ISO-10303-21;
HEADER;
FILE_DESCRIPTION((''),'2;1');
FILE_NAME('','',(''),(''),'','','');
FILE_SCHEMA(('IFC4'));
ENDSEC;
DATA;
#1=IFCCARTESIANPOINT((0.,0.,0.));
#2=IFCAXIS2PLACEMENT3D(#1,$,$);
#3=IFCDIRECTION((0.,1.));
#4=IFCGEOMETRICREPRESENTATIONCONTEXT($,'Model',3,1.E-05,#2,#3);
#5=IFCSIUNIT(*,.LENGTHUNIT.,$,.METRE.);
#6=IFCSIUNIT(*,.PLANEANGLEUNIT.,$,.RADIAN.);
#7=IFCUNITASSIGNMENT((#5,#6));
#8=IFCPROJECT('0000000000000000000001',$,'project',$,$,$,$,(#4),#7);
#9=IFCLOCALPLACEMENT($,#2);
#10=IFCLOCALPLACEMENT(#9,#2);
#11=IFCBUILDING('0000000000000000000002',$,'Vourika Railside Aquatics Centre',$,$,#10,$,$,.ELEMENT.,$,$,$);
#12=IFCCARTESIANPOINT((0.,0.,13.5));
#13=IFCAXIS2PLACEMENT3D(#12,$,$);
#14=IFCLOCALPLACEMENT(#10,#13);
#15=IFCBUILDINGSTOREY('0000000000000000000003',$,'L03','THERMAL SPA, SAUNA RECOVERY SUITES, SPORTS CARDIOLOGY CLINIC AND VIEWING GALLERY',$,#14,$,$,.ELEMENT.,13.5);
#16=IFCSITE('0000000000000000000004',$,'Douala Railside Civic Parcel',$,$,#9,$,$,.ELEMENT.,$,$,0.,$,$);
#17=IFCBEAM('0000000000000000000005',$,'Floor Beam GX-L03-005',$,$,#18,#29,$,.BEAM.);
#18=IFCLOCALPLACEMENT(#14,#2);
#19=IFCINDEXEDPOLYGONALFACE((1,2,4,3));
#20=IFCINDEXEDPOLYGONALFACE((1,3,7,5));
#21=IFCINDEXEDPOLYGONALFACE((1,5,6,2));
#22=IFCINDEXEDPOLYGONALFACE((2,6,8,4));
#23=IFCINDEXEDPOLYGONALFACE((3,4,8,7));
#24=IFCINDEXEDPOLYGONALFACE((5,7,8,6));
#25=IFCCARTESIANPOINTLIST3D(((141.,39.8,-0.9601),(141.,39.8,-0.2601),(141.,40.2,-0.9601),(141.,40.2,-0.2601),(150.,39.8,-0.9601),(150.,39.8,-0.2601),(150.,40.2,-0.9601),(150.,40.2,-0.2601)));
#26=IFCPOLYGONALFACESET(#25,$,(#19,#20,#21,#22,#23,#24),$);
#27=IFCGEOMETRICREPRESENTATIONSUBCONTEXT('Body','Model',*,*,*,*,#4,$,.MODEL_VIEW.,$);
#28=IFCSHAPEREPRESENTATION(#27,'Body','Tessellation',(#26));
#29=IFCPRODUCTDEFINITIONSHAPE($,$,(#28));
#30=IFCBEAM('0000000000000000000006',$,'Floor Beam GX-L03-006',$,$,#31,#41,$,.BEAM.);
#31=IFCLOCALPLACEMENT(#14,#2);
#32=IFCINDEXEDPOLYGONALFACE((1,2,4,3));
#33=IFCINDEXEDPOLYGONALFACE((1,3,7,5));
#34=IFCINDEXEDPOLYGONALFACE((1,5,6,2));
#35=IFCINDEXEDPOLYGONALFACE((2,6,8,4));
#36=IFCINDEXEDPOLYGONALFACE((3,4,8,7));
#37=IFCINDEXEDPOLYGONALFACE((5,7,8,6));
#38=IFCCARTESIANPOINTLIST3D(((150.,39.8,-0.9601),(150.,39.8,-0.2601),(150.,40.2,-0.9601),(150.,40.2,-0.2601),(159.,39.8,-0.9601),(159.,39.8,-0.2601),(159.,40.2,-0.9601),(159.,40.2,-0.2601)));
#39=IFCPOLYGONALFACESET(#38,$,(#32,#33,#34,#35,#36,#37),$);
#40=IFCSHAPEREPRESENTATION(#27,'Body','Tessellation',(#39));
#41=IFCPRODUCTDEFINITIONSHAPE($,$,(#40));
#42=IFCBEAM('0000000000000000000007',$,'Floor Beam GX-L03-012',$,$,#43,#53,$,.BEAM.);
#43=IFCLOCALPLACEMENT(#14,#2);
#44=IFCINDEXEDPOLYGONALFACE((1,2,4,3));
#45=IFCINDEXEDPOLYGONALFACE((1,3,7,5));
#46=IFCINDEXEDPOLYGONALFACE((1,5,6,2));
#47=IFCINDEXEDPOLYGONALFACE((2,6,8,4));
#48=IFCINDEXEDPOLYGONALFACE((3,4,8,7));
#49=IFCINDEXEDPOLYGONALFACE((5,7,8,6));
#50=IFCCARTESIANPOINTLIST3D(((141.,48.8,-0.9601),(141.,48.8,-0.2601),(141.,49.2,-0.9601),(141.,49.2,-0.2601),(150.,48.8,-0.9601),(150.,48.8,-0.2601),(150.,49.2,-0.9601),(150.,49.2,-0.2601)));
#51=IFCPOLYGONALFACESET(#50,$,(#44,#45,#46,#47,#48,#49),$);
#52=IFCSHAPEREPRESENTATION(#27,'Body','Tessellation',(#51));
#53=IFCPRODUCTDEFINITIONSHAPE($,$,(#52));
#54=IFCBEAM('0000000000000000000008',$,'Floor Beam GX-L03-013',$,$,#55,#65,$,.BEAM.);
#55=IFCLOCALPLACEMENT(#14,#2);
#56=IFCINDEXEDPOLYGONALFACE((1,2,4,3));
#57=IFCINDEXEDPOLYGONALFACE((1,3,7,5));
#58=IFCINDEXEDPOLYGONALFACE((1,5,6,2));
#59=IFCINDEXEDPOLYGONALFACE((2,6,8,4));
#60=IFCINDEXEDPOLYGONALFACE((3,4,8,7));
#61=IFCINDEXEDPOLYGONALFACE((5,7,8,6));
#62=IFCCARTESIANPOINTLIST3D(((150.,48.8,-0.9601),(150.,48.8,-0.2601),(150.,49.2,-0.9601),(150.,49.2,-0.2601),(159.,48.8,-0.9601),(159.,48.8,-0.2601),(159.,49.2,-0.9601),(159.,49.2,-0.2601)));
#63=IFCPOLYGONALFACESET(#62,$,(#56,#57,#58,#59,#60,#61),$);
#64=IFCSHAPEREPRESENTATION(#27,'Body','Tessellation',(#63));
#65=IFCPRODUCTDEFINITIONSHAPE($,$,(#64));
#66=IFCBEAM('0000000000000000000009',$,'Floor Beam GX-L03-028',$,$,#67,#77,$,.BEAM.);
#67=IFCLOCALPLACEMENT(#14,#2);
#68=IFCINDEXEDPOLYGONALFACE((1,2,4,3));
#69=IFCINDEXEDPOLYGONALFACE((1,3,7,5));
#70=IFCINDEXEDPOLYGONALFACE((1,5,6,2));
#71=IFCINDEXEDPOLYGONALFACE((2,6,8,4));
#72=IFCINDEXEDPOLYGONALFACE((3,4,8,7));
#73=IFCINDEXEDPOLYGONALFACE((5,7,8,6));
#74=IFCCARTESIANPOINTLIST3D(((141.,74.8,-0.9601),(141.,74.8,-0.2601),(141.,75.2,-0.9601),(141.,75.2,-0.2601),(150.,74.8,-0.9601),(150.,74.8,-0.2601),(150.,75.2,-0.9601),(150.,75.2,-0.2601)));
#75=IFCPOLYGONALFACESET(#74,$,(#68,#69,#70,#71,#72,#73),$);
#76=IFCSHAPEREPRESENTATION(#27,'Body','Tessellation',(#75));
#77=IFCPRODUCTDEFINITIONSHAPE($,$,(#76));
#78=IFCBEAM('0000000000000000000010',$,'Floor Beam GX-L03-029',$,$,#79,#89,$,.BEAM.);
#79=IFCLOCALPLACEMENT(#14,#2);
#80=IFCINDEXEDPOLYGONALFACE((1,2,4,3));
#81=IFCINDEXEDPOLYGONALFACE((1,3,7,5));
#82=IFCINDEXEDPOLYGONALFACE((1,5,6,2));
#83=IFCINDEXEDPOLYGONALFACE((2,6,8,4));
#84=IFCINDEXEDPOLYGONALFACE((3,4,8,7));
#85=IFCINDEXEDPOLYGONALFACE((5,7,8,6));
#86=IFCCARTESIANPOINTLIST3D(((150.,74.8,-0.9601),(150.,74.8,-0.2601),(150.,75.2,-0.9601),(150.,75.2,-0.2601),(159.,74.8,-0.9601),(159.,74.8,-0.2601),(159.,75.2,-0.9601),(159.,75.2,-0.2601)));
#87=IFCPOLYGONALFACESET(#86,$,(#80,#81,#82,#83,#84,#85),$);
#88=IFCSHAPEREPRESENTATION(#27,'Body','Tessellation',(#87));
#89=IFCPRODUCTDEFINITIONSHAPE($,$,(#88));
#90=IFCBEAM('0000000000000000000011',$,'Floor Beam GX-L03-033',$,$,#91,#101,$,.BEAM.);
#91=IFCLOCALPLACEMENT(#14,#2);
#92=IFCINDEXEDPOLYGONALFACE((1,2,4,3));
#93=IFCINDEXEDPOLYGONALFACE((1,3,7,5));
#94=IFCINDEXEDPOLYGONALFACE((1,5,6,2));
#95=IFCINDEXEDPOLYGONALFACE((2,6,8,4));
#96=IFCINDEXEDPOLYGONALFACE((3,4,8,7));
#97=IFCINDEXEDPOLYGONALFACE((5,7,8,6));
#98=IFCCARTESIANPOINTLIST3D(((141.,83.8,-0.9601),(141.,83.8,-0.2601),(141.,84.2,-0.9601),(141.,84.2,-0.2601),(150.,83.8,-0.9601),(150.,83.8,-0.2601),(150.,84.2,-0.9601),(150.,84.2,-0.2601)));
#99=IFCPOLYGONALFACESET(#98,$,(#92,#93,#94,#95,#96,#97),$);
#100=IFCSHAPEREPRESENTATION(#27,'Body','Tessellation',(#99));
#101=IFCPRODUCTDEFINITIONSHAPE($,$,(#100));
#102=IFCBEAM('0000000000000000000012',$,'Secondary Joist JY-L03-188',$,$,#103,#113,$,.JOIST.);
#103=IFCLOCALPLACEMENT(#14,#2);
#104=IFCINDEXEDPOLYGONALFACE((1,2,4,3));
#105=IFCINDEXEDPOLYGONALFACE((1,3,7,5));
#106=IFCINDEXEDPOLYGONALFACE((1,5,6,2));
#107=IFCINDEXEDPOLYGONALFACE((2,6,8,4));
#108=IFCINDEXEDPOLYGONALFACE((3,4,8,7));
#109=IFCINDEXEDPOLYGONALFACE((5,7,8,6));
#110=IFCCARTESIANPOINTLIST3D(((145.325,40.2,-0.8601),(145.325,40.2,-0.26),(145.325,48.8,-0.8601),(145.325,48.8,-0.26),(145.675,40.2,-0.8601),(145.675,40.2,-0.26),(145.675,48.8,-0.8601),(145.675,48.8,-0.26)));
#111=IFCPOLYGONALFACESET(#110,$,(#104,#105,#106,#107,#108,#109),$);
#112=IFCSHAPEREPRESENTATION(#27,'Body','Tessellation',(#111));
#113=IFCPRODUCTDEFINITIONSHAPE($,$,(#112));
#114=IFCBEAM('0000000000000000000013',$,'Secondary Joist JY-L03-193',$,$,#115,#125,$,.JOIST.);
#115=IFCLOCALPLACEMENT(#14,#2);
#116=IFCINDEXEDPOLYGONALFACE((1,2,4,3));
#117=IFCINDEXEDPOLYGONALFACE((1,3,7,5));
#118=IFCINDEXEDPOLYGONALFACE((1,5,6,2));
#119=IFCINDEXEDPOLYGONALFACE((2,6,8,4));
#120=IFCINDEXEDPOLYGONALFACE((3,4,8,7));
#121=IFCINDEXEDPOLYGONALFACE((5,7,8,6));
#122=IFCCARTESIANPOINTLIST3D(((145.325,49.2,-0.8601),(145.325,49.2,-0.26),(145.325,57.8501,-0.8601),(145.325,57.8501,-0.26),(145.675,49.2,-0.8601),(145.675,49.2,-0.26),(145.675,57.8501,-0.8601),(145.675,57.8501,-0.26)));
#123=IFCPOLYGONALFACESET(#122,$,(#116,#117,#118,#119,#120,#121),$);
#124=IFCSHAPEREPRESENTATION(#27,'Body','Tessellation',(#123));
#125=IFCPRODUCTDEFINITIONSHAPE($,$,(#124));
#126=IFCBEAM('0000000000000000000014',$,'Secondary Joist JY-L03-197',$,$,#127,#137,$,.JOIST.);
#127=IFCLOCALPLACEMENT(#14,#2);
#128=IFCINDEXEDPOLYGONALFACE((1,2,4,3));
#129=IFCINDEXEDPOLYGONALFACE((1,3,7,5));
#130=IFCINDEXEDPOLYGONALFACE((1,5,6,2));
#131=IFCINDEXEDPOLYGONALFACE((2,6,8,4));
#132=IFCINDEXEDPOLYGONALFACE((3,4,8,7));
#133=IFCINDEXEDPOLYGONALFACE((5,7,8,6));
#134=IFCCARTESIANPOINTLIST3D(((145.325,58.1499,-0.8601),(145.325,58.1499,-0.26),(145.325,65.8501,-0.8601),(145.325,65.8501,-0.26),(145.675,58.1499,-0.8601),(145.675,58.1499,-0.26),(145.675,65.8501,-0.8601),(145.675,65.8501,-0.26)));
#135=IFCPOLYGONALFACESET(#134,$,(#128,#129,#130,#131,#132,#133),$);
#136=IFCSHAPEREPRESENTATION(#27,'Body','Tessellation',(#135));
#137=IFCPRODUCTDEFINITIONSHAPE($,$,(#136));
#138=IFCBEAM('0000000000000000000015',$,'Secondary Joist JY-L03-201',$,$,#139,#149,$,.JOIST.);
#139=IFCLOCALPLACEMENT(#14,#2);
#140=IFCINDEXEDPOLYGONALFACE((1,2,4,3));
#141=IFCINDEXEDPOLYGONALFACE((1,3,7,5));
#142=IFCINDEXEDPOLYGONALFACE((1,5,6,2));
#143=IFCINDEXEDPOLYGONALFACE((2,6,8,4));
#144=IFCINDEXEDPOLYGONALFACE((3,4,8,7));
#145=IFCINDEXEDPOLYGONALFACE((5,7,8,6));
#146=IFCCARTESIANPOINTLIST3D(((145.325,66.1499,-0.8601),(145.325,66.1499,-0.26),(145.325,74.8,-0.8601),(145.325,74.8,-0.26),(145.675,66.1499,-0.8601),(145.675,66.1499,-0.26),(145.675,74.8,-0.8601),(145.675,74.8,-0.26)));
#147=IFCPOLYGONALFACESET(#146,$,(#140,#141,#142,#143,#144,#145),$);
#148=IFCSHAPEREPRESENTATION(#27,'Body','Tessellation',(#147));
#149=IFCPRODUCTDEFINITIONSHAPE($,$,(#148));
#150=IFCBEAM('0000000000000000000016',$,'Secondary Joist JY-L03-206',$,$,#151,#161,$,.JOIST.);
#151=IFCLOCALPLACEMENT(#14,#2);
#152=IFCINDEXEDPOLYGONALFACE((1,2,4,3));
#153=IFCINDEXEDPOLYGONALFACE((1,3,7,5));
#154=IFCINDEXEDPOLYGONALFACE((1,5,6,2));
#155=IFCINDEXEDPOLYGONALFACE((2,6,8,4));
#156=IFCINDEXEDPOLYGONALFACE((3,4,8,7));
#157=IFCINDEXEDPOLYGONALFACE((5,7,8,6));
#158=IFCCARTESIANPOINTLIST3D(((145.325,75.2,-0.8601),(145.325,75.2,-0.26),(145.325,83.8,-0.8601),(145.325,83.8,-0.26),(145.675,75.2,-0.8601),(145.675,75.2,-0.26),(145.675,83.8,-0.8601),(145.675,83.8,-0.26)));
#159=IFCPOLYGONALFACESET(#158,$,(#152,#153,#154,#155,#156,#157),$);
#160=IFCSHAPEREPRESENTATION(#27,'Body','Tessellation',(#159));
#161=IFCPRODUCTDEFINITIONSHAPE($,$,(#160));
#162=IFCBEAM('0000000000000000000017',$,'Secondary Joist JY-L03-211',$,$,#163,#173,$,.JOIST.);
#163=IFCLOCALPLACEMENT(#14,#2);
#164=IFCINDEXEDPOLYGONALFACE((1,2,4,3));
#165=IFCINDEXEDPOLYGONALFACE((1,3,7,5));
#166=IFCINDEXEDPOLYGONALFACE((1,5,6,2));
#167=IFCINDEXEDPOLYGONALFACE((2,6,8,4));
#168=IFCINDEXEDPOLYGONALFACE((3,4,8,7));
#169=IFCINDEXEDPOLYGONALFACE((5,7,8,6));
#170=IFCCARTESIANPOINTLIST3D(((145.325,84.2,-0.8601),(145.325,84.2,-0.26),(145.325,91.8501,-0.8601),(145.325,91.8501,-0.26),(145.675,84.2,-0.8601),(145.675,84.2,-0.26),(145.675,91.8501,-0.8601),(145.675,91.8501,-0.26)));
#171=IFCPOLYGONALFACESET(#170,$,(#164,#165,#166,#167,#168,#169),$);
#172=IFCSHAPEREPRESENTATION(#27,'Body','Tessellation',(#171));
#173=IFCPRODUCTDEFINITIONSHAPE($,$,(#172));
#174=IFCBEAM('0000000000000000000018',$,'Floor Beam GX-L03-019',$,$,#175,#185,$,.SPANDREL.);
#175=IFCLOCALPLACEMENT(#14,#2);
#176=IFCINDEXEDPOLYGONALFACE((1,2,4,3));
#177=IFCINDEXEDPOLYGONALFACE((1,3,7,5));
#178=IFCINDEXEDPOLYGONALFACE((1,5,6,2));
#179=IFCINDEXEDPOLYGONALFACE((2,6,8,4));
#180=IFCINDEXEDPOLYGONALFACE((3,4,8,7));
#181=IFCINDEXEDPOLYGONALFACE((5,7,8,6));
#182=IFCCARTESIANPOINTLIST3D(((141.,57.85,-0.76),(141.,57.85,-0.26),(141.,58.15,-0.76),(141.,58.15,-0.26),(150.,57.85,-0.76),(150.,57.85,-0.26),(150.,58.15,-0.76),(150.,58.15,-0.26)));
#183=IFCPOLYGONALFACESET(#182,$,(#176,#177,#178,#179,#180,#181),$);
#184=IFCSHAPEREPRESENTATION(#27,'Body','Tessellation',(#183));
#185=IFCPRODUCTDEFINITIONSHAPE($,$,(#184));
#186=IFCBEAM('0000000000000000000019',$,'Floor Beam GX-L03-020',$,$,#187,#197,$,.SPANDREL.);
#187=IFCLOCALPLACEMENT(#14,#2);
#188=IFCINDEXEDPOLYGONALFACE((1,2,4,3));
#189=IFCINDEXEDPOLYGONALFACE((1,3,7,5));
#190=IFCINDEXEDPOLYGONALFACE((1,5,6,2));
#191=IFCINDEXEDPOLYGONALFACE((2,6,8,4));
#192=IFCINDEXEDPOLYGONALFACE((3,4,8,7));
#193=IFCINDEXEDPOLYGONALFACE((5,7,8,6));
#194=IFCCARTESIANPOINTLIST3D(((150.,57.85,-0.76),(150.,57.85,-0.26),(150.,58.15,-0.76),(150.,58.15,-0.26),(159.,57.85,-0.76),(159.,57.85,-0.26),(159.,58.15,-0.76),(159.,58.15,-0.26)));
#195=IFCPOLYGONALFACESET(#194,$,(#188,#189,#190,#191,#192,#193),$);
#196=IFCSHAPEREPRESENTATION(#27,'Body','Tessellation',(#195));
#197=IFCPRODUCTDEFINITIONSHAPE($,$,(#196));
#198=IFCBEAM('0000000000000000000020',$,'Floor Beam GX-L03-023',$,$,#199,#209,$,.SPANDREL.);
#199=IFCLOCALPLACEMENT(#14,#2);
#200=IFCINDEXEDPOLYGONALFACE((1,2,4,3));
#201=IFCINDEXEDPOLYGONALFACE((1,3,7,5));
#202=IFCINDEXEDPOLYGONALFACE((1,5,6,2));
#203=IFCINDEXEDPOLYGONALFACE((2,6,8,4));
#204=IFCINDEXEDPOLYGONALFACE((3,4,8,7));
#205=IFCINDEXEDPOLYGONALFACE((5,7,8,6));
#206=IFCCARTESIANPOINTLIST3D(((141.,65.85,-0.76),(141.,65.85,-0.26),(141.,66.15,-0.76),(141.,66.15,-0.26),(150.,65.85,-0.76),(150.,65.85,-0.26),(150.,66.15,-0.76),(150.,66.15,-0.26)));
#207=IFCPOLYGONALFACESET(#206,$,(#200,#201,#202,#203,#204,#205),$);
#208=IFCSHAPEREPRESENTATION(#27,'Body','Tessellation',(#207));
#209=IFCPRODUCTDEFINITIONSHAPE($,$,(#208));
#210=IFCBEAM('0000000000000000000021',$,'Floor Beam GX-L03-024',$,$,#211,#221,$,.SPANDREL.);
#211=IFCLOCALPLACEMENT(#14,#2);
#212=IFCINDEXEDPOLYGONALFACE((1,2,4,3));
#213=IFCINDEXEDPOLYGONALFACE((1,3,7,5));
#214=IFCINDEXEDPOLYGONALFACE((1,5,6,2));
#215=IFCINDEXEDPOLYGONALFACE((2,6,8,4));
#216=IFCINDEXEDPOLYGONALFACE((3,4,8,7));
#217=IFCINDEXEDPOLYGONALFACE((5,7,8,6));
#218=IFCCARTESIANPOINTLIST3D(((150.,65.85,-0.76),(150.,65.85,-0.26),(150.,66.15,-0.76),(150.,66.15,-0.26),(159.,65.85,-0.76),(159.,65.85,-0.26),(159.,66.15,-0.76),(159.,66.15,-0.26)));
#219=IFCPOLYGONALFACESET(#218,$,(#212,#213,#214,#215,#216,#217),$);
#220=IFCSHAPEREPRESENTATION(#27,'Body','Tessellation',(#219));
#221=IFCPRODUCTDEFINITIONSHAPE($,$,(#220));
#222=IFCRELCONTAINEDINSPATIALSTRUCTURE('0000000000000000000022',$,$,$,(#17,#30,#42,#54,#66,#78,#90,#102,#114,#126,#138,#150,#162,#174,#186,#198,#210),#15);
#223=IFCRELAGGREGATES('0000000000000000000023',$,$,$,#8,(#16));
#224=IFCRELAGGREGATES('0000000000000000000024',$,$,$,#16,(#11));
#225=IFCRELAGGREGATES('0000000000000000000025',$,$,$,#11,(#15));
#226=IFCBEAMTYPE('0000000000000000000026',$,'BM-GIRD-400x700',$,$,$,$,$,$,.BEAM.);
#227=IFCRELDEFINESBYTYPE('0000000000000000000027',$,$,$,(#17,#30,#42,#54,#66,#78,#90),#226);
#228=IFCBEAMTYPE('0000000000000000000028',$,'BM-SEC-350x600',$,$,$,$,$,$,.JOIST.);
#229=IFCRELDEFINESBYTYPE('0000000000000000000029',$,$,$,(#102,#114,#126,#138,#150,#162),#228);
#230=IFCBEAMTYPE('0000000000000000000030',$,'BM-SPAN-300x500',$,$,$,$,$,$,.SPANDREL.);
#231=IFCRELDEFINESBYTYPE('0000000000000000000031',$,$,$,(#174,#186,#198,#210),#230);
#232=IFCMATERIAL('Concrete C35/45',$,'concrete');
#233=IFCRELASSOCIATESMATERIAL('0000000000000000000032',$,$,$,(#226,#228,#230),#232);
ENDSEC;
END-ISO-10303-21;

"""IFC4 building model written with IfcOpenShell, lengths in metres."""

from ifc_helpers import new_model, si_unit, direction, frame, origin, origin_2d, place, context, subcontext, project, spatial, rectangle, extrude, material, material_profile, profile_set, type_object, element, save


model = new_model("IFC4")

# Units and contexts
model_context = context("Model", 3, precision=1e-05, world=origin(), true_north=direction((0.0, 1.0)))
body_context = subcontext(model_context, "Body", "Model", "MODEL_VIEW")
ifc_project = project(units=[si_unit("LENGTHUNIT", "METRE"), si_unit("PLANEANGLEUNIT", "RADIAN")], contexts=[model_context])

# Site, building, storey
site_placement = place(None, origin())
site = spatial("IfcSite", under=ifc_project, at=site_placement, Name="Douala Railside Civic Parcel", CompositionType="ELEMENT", RefElevation=0.0)
building_placement = place(site_placement, origin())
building = spatial("IfcBuilding", under=site, at=building_placement, Name="Vourika Railside Aquatics Centre", CompositionType="ELEMENT")
storey_placement = place(building_placement, frame((0.0, 0.0, 13.5)))
storey = spatial("IfcBuildingStorey", under=building, at=storey_placement, Name="L03", Description="THERMAL SPA, SAUNA RECOVERY SUITES, SPORTS CARDIOLOGY CLINIC AND VIEWING GALLERY", CompositionType="ELEMENT", Elevation=13.5)

# Beams
ifc_material_1 = material(Name="Concrete C35/45", Category="concrete")
ifc_material_profile_1 = material_profile(ifc_material_1, rectangle(XDim=0.3999, YDim=0.7, at=origin_2d()), Name="RC 400x700")
ifc_profile_set_1 = profile_set([ifc_material_profile_1], Name="Concrete C35/45")
beam_type_1 = type_object("IfcBeamType", Name="BM-GIRD-400x700", PredefinedType="BEAM", material=ifc_profile_set_1)
for number, where, z_axis, x_axis, name in (
    (1, (141.0, 40.0, -0.6101), (1.0, 0.0, 0.0), (0.0, 1.0, 0.0), "Floor Beam GX-L03-005"),
    (2, (150.0, 40.0, -0.6101), (1.0, 0.0, 0.0), (0.0, 1.0, 0.0), "Floor Beam GX-L03-006"),
    (3, (141.0, 49.0, -0.6101), (1.0, 0.0, 0.0), (0.0, 1.0, 0.0), "Floor Beam GX-L03-012"),
    (4, (150.0, 49.0, -0.6101), (1.0, 0.0, 0.0), (0.0, 1.0, 0.0), "Floor Beam GX-L03-013"),
    (5, (141.0, 75.0, -0.6101), (1.0, 0.0, 0.0), (0.0, 1.0, 0.0), "Floor Beam GX-L03-028"),
    (6, (150.0, 75.0, -0.6101), (1.0, 0.0, 0.0), (0.0, 1.0, 0.0), "Floor Beam GX-L03-029"),
    (7, (141.0, 84.0, -0.6101), (1.0, 0.0, 0.0), (0.0, 1.0, 0.0), "Floor Beam GX-L03-033"),
):
    element("IfcBeam", number, at=place(storey_placement, frame(where, z_axis=z_axis, x_axis=x_axis)), inside=storey, type_object=beam_type_1, Name=name, PredefinedType="BEAM", context=body_context, shape_type="SweptSolid", body=[
        extrude(rectangle(XDim=0.3999, YDim=0.7, at=origin_2d()), origin(), (0.0, 0.0, 1.0), 9.0),
    ])
ifc_material_profile_2 = material_profile(ifc_material_1, rectangle(XDim=0.3501, YDim=0.6001, at=origin_2d()), Name="RC 350x600")
ifc_profile_set_2 = profile_set([ifc_material_profile_2], Name="Concrete C35/45")
beam_type_2 = type_object("IfcBeamType", Name="BM-SEC-350x600", PredefinedType="JOIST", material=ifc_profile_set_2)
beam_1_placement = place(storey_placement, frame((145.5, 40.2, -0.5601), z_axis=(0.0, 1.0, 0.0), x_axis=(-1.0, 0.0, 0.0)))
element("IfcBeam", 8, at=beam_1_placement, inside=storey, type_object=beam_type_2, Name="Secondary Joist JY-L03-188", PredefinedType="JOIST", context=body_context, shape_type="SweptSolid", body=[
    extrude(rectangle(XDim=0.3501, YDim=0.6001, at=origin_2d()), origin(), (0.0, 0.0, 1.0), 8.6001),
])
beam_2_placement = place(storey_placement, frame((145.5, 49.2, -0.5601), z_axis=(0.0, 1.0, 0.0), x_axis=(-1.0, 0.0, 0.0)))
element("IfcBeam", 9, at=beam_2_placement, inside=storey, type_object=beam_type_2, Name="Secondary Joist JY-L03-193", PredefinedType="JOIST", context=body_context, shape_type="SweptSolid", body=[
    extrude(rectangle(XDim=0.3501, YDim=0.6001, at=origin_2d()), origin(), (0.0, 0.0, 1.0), 8.6501),
])
beam_3_placement = place(storey_placement, frame((145.5, 58.1499, -0.5601), z_axis=(0.0, 1.0, 0.0), x_axis=(-1.0, 0.0, 0.0)))
element("IfcBeam", 10, at=beam_3_placement, inside=storey, type_object=beam_type_2, Name="Secondary Joist JY-L03-197", PredefinedType="JOIST", context=body_context, shape_type="SweptSolid", body=[
    extrude(rectangle(XDim=0.3501, YDim=0.6001, at=origin_2d()), origin(), (0.0, 0.0, 1.0), 7.7002),
])
beam_4_placement = place(storey_placement, frame((145.5, 66.1499, -0.5601), z_axis=(0.0, 1.0, 0.0), x_axis=(-1.0, 0.0, 0.0)))
element("IfcBeam", 11, at=beam_4_placement, inside=storey, type_object=beam_type_2, Name="Secondary Joist JY-L03-201", PredefinedType="JOIST", context=body_context, shape_type="SweptSolid", body=[
    extrude(rectangle(XDim=0.3501, YDim=0.6001, at=origin_2d()), origin(), (0.0, 0.0, 1.0), 8.6501),
])
beam_5_placement = place(storey_placement, frame((145.5, 75.2, -0.5601), z_axis=(0.0, 1.0, 0.0), x_axis=(-1.0, 0.0, 0.0)))
element("IfcBeam", 12, at=beam_5_placement, inside=storey, type_object=beam_type_2, Name="Secondary Joist JY-L03-206", PredefinedType="JOIST", context=body_context, shape_type="SweptSolid", body=[
    extrude(rectangle(XDim=0.3501, YDim=0.6001, at=origin_2d()), origin(), (0.0, 0.0, 1.0), 8.6001),
])
beam_6_placement = place(storey_placement, frame((145.5, 84.2, -0.5601), z_axis=(0.0, 1.0, 0.0), x_axis=(-1.0, 0.0, 0.0)))
element("IfcBeam", 13, at=beam_6_placement, inside=storey, type_object=beam_type_2, Name="Secondary Joist JY-L03-211", PredefinedType="JOIST", context=body_context, shape_type="SweptSolid", body=[
    extrude(rectangle(XDim=0.3501, YDim=0.6001, at=origin_2d()), origin(), (0.0, 0.0, 1.0), 7.6501),
])
ifc_material_profile_3 = material_profile(ifc_material_1, rectangle(XDim=0.3, YDim=0.5, at=origin_2d()), Name="RC 300x500")
ifc_profile_set_3 = profile_set([ifc_material_profile_3], Name="Concrete C35/45")
beam_type_3 = type_object("IfcBeamType", Name="BM-SPAN-300x500", PredefinedType="SPANDREL", material=ifc_profile_set_3)
for number, where, z_axis, x_axis, name in (
    (14, (141.0, 58.0, -0.51), (1.0, 0.0, 0.0), (0.0, 1.0, 0.0), "Floor Beam GX-L03-019"),
    (15, (150.0, 58.0, -0.51), (1.0, 0.0, 0.0), (0.0, 1.0, 0.0), "Floor Beam GX-L03-020"),
    (16, (141.0, 66.0, -0.51), (1.0, 0.0, 0.0), (0.0, 1.0, 0.0), "Floor Beam GX-L03-023"),
    (17, (150.0, 66.0, -0.51), (1.0, 0.0, 0.0), (0.0, 1.0, 0.0), "Floor Beam GX-L03-024"),
):
    element("IfcBeam", number, at=place(storey_placement, frame(where, z_axis=z_axis, x_axis=x_axis)), inside=storey, type_object=beam_type_3, Name=name, PredefinedType="SPANDREL", context=body_context, shape_type="SweptSolid", body=[
        extrude(rectangle(XDim=0.3, YDim=0.5, at=origin_2d()), origin(), (0.0, 0.0, 1.0), 9.0),
    ])

save(model, "model.ifc")
